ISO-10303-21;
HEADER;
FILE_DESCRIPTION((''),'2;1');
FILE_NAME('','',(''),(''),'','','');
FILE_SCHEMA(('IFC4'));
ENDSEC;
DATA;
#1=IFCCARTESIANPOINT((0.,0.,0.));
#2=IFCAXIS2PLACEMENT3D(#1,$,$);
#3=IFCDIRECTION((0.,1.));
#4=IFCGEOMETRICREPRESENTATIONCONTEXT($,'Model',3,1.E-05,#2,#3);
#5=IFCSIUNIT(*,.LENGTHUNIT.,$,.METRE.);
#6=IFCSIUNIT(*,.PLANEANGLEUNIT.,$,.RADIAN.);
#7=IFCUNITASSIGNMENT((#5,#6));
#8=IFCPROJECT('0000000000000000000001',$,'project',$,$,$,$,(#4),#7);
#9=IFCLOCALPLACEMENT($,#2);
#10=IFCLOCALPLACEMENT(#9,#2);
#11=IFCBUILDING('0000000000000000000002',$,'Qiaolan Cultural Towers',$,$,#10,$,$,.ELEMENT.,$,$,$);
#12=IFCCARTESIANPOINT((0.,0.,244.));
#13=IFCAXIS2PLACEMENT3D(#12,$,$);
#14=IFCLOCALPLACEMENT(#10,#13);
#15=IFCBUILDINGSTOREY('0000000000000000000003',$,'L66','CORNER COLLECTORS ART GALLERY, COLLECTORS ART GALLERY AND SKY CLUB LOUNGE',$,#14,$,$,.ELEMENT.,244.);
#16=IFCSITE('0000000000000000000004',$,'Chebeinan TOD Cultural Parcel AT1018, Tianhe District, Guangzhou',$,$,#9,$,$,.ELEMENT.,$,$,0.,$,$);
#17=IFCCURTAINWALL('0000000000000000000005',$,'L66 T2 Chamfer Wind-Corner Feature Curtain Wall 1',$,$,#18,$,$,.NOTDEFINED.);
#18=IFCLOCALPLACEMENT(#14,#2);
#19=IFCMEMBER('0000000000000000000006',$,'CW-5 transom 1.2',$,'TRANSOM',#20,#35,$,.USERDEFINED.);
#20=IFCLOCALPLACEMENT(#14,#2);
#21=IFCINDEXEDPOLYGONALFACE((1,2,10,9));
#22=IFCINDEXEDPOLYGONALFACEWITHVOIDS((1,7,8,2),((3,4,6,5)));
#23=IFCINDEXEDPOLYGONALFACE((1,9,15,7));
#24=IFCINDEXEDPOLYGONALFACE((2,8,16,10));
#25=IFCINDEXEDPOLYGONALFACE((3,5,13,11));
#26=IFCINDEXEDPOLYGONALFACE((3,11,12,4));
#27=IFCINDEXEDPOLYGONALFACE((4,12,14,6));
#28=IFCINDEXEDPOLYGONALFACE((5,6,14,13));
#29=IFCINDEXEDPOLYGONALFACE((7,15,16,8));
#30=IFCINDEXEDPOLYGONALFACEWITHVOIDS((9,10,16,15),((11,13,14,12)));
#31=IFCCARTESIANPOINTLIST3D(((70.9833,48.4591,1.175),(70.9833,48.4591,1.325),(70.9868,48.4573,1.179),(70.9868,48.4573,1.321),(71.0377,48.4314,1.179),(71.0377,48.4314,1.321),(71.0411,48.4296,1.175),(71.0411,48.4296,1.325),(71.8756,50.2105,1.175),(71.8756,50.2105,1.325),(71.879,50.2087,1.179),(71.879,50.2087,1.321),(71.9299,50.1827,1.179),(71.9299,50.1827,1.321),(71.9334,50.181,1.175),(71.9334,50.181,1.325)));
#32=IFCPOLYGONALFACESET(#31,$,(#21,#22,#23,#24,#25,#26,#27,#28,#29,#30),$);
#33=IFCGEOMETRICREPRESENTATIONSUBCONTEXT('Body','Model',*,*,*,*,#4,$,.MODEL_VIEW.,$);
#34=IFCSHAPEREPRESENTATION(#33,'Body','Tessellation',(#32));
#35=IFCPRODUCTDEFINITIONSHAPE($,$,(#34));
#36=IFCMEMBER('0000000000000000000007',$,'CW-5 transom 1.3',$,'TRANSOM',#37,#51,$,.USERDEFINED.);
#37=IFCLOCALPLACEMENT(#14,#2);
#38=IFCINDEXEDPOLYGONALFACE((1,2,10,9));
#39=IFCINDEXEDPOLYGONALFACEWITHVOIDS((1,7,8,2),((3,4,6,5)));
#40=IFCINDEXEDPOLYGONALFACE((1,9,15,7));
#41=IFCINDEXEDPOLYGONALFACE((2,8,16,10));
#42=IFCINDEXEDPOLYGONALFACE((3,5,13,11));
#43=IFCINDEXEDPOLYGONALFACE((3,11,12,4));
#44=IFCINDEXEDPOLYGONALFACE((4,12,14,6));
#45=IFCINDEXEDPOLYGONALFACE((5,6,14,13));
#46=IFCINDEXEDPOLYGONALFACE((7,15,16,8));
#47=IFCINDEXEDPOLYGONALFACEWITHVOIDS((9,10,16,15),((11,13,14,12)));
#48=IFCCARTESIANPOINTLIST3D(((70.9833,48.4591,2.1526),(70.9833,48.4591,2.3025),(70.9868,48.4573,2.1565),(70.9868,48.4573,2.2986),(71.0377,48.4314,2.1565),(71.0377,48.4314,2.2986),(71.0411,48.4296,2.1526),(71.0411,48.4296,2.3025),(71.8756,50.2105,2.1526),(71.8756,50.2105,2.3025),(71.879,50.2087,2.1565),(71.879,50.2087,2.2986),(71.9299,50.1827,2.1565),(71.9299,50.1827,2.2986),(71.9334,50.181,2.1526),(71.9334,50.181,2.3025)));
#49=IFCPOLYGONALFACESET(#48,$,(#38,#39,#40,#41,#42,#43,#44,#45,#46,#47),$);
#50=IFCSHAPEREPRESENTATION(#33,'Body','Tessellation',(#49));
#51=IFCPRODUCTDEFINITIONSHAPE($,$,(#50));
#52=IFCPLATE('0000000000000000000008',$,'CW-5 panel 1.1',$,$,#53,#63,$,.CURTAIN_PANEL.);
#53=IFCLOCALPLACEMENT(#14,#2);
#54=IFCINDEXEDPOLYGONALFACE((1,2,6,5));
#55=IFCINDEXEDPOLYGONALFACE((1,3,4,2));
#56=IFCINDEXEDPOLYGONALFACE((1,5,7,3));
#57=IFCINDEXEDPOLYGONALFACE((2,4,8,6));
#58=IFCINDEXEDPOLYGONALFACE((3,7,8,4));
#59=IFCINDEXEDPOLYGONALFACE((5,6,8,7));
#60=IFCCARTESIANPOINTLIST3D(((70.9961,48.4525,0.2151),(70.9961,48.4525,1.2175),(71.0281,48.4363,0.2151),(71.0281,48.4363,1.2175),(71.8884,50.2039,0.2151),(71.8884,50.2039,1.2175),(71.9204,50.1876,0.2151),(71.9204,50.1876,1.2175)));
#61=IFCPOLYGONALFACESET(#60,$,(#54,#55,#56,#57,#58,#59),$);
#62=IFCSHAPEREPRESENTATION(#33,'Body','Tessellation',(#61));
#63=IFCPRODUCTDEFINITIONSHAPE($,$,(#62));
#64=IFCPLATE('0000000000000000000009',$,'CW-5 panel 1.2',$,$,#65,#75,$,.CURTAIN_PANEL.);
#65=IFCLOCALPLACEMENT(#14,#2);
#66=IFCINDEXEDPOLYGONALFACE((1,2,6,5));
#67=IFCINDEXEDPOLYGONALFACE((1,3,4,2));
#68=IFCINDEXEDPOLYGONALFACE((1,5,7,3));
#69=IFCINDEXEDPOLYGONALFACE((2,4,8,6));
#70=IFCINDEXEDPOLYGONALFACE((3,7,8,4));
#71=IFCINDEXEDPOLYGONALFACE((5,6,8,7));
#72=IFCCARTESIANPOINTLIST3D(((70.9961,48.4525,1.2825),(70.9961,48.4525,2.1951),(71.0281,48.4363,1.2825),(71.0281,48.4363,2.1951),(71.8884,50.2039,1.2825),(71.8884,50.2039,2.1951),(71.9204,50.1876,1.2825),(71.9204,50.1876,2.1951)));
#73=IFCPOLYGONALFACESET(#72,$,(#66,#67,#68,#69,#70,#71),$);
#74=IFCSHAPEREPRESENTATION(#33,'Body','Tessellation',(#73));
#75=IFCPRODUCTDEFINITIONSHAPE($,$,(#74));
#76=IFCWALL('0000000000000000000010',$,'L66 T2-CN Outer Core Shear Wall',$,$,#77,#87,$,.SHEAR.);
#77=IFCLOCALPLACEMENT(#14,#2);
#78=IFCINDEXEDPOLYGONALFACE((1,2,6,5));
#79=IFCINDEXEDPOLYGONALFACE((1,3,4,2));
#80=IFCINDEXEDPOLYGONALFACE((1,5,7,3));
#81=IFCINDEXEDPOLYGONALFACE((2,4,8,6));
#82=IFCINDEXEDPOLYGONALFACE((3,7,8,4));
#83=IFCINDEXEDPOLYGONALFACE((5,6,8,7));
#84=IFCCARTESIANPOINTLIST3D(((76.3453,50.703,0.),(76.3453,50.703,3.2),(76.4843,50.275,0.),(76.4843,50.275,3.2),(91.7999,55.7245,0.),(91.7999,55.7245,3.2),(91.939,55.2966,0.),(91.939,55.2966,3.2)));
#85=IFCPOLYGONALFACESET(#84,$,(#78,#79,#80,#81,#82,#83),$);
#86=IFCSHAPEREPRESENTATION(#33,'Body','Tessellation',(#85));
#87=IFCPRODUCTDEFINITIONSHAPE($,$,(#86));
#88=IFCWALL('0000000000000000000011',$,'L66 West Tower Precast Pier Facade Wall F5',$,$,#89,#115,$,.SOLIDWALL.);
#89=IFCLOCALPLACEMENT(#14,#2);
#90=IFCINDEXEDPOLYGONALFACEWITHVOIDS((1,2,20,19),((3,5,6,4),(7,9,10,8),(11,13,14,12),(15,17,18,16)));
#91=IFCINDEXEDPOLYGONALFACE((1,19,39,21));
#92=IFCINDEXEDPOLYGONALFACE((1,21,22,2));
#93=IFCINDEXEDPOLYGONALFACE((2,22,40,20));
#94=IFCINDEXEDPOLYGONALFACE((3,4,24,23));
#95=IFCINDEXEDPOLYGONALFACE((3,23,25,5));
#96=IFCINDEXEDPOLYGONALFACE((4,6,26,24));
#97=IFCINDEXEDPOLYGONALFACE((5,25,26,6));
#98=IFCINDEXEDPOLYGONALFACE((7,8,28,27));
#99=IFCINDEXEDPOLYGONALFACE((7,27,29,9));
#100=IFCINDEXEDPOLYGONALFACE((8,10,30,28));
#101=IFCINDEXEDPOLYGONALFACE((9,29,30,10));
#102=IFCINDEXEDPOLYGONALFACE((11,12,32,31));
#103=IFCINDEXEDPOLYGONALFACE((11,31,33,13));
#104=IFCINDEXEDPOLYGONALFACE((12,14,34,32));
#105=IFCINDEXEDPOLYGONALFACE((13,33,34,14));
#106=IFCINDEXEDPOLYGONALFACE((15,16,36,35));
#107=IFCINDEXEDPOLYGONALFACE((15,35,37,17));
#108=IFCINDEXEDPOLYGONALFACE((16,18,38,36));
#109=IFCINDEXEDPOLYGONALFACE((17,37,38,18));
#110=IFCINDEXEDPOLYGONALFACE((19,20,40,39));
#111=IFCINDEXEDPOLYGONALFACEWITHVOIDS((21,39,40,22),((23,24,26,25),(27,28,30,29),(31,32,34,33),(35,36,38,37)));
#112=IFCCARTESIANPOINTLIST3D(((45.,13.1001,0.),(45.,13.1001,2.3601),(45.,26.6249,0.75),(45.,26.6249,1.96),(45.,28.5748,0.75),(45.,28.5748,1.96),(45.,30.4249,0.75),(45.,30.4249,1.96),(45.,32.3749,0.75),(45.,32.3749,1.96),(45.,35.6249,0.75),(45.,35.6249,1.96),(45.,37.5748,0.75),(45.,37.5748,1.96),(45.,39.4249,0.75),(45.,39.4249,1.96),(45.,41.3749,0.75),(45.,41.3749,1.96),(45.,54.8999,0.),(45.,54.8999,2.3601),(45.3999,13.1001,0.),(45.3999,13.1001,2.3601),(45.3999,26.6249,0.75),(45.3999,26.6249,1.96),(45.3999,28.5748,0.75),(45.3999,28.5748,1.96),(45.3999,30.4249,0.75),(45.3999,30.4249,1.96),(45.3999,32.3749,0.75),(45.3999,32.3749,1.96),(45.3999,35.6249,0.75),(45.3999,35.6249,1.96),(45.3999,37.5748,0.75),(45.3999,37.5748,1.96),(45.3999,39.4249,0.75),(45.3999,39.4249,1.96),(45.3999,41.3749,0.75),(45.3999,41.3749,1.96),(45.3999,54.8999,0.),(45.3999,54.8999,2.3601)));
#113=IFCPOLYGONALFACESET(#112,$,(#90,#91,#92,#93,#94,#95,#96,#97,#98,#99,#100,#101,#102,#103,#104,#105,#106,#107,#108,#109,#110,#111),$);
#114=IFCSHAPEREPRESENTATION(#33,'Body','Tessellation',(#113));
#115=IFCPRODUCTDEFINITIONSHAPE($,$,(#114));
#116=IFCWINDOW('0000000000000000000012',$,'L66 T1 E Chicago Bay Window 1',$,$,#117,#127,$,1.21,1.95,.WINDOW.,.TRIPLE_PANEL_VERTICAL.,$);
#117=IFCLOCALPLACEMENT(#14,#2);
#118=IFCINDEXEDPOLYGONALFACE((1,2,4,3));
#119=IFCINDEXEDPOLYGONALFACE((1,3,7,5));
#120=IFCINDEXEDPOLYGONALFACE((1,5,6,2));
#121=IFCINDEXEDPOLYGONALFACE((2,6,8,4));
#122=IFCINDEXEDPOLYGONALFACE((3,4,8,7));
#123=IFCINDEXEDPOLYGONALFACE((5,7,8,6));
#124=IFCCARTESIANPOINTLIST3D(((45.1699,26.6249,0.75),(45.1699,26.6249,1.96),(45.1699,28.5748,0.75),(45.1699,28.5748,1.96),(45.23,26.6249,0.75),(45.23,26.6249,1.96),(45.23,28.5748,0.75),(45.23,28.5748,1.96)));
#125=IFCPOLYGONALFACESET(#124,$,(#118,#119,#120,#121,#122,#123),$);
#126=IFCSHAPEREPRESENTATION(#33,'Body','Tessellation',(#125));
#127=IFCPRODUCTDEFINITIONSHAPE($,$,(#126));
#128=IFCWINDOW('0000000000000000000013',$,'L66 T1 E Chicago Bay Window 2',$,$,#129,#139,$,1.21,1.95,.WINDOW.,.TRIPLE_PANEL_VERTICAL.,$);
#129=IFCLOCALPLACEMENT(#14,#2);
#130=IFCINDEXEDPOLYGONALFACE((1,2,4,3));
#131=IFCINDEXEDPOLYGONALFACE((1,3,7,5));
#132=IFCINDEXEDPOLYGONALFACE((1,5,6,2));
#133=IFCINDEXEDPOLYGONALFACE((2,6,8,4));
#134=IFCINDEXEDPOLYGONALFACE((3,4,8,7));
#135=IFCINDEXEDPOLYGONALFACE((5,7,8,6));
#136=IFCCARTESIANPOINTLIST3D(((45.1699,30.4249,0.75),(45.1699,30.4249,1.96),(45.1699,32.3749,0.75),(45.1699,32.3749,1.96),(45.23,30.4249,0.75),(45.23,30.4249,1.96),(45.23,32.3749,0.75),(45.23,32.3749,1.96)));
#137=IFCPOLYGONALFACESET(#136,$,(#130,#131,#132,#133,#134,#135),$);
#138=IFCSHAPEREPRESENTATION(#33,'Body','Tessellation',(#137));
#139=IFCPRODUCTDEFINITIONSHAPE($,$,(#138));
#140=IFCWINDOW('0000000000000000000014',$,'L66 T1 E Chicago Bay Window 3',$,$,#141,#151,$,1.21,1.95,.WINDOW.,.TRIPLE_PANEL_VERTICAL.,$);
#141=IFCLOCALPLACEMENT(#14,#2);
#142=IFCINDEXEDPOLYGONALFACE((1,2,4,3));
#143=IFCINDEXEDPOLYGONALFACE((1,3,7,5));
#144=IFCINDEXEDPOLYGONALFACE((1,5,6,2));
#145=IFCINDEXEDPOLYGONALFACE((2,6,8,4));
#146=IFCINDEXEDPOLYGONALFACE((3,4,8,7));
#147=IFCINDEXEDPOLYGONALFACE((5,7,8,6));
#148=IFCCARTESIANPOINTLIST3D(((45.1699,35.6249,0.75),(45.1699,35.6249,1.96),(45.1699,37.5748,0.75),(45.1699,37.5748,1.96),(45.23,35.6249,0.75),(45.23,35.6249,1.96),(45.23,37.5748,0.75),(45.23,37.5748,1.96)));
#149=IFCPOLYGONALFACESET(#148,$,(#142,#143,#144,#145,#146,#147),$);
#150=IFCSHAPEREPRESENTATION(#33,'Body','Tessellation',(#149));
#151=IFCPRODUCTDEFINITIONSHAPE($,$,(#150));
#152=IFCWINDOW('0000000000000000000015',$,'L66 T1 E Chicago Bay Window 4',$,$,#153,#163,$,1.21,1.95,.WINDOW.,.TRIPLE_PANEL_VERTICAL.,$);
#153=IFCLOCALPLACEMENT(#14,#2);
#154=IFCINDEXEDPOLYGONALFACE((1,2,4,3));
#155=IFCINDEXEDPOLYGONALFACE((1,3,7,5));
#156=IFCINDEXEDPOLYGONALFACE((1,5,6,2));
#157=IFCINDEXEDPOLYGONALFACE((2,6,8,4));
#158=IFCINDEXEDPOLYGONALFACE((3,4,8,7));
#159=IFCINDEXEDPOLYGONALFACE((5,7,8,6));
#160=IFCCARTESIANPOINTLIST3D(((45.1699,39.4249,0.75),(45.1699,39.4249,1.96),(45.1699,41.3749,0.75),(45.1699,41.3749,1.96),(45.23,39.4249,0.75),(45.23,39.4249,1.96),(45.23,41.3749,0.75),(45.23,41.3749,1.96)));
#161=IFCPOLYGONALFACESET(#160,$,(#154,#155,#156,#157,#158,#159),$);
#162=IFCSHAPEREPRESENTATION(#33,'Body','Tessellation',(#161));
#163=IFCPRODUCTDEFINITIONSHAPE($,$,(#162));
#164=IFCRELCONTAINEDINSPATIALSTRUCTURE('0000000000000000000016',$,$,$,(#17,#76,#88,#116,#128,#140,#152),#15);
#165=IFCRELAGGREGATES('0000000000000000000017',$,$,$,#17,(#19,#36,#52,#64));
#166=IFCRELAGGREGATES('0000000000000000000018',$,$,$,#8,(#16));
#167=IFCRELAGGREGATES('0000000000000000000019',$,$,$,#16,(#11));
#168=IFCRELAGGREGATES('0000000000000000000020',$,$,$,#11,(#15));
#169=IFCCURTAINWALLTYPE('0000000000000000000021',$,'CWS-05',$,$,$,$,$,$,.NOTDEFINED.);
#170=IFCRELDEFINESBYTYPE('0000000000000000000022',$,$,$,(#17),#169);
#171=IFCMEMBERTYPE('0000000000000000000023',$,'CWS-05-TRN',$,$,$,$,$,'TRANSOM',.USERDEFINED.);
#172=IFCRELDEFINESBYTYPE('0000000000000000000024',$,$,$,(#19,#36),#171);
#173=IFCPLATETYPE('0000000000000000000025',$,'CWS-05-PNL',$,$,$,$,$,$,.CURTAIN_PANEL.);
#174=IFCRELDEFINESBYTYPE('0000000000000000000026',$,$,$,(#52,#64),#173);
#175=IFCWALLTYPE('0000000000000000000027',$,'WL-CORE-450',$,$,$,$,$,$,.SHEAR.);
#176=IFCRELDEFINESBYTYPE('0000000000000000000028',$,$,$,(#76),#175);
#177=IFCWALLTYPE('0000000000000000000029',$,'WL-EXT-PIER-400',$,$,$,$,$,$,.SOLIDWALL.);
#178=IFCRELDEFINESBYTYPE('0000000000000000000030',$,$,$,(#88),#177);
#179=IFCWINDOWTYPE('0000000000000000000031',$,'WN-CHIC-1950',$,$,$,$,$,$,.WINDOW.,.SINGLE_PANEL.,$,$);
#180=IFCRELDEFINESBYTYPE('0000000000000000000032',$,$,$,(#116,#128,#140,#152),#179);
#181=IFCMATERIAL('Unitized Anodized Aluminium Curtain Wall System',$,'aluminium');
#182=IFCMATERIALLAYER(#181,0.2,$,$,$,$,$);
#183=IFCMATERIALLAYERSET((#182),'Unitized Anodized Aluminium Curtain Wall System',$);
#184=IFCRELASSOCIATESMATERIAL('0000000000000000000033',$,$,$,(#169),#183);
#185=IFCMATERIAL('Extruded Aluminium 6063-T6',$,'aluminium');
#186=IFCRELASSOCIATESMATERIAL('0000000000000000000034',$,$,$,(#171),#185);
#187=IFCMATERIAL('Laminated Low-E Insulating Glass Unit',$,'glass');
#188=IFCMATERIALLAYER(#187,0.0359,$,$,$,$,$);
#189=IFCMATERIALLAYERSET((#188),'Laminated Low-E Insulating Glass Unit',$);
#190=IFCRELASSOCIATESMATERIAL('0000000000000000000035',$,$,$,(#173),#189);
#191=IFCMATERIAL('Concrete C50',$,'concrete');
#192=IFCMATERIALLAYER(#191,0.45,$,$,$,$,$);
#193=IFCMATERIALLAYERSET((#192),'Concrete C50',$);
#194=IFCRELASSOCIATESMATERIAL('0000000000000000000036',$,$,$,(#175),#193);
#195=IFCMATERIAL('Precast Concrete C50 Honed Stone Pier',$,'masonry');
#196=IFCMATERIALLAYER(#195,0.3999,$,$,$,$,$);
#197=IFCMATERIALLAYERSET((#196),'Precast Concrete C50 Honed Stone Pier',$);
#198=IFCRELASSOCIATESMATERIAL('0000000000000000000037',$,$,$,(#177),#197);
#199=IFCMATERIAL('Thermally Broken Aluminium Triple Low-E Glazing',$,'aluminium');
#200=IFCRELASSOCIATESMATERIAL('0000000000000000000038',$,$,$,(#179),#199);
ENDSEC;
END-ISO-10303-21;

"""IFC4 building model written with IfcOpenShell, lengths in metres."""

from ifc_helpers import new_model, si_unit, direction, frame, frame_2d, origin, origin_2d, place, context, subcontext, project, spatial, rectangle, hollow_rectangle, extrude, material, layer, layer_set, material_profile, profile_set, type_object, element, fill, aggregate, save


model = new_model("IFC4")

# Units and contexts
model_context = context("Model", 3, precision=1e-05, world=origin(), true_north=direction((0.0, 1.0)))
body_context = subcontext(model_context, "Body", "Model", "MODEL_VIEW")
ifc_project = project(units=[si_unit("LENGTHUNIT", "METRE"), si_unit("PLANEANGLEUNIT", "RADIAN")], contexts=[model_context])

# Site, building, storey
site_placement = place(None, origin())
site = spatial("IfcSite", under=ifc_project, at=site_placement, Name="Chebeinan TOD Cultural Parcel AT1018, Tianhe District, Guangzhou", CompositionType="ELEMENT", RefElevation=0.0)
building_placement = place(site_placement, origin())
building = spatial("IfcBuilding", under=site, at=building_placement, Name="Qiaolan Cultural Towers", CompositionType="ELEMENT")
storey_placement = place(building_placement, frame((0.0, 0.0, 244.0)))
storey = spatial("IfcBuildingStorey", under=building, at=storey_placement, Name="L66", Description="CORNER COLLECTORS ART GALLERY, COLLECTORS ART GALLERY AND SKY CLUB LOUNGE", CompositionType="ELEMENT", Elevation=244.0)

# Curtain wall, members, plates
ifc_material_1 = material(Name="Unitized Anodized Aluminium Curtain Wall System", Category="aluminium")
ifc_layer_1 = layer(ifc_material_1, 0.2)
ifc_layer_set_1 = layer_set([ifc_layer_1], Name="Unitized Anodized Aluminium Curtain Wall System")
curtain_wall_type = type_object("IfcCurtainWallType", Name="CWS-05", PredefinedType="NOTDEFINED", material=ifc_layer_set_1)
curtain_wall_placement = place(storey_placement, origin())
curtain_wall = element("IfcCurtainWall", 1, at=curtain_wall_placement, inside=storey, type_object=curtain_wall_type, Name="L66 T2 Chamfer Wind-Corner Feature Curtain Wall 1", PredefinedType="NOTDEFINED")
ifc_material_2 = material(Name="Extruded Aluminium 6063-T6", Category="aluminium")
ifc_material_profile_1 = material_profile(ifc_material_2, hollow_rectangle(XDim=0.0649, YDim=0.1499, WallThickness=0.0039, at=origin_2d()), Name="CWT-150x65x4")
ifc_profile_set_1 = profile_set([ifc_material_profile_1], Name="Extruded Aluminium 6063-T6")
member_type_1 = type_object("IfcMemberType", Name="CWS-05-TRN", ElementType="TRANSOM", PredefinedType="USERDEFINED", material=ifc_profile_set_1)
member_1_placement = place(storey_placement, frame((71.0122, 48.4443, 1.25), z_axis=(0.453957, 0.891023, 0.0), x_axis=(-0.891023, 0.453957, 0.0)))
member_1 = element("IfcMember", 2, at=member_1_placement, type_object=member_type_1, Name="CW-5 transom 1.2", ObjectType="TRANSOM", PredefinedType="USERDEFINED", context=body_context, shape_type="SweptSolid", body=[
    extrude(hollow_rectangle(XDim=0.0649, YDim=0.1499, WallThickness=0.0039, at=origin_2d()), origin(), (0.0, 0.0, 1.0), 1.9656),
])
member_2_placement = place(storey_placement, frame((71.0122, 48.4443, 2.2275), z_axis=(0.453957, 0.891023, 0.0), x_axis=(-0.891023, 0.453957, 0.0)))
member_2 = element("IfcMember", 3, at=member_2_placement, type_object=member_type_1, Name="CW-5 transom 1.3", ObjectType="TRANSOM", PredefinedType="USERDEFINED", context=body_context, shape_type="SweptSolid", body=[
    extrude(hollow_rectangle(XDim=0.0649, YDim=0.1499, WallThickness=0.0039, at=origin_2d()), origin(), (0.0, 0.0, 1.0), 1.9656),
])
ifc_material_3 = material(Name="Laminated Low-E Insulating Glass Unit", Category="glass")
ifc_layer_2 = layer(ifc_material_3, 0.0359)
ifc_layer_set_2 = layer_set([ifc_layer_2], Name="Laminated Low-E Insulating Glass Unit")
plate_type = type_object("IfcPlateType", Name="CWS-05-PNL", PredefinedType="CURTAIN_PANEL", material=ifc_layer_set_2)
plate_1_placement = place(storey_placement, frame((71.4583, 49.3201, 0.2151), z_axis=(0.0, 0.0, 1.0), x_axis=(0.45399, 0.891007, 0.0)))
plate_1 = element("IfcPlate", 4, at=plate_1_placement, type_object=plate_type, Name="CW-5 panel 1.1", PredefinedType="CURTAIN_PANEL", context=body_context, shape_type="SweptSolid", body=[
    extrude(rectangle(XDim=1.9656, YDim=0.0359, at=origin_2d()), origin(), (0.0, 0.0, 1.0), 1.0024),
])
plate_2_placement = place(storey_placement, frame((71.4583, 49.3201, 1.2825), z_axis=(0.0, 0.0, 1.0), x_axis=(0.45399, 0.891007, 0.0)))
plate_2 = element("IfcPlate", 5, at=plate_2_placement, type_object=plate_type, Name="CW-5 panel 1.2", PredefinedType="CURTAIN_PANEL", context=body_context, shape_type="SweptSolid", body=[
    extrude(rectangle(XDim=1.9656, YDim=0.0359, at=origin_2d()), origin(), (0.0, 0.0, 1.0), 0.9126),
])
aggregate(curtain_wall, [member_1, member_2, plate_1, plate_2])

# Wall
ifc_material_4 = material(Name="Concrete C50", Category="concrete")
ifc_layer_3 = layer(ifc_material_4, 0.45)
ifc_layer_set_3 = layer_set([ifc_layer_3], Name="Concrete C50")
wall_type_1 = type_object("IfcWallType", Name="WL-CORE-450", PredefinedType="SHEAR", material=ifc_layer_set_3)
wall_1_placement = place(storey_placement, frame((76.4148, 50.489, 0.0), z_axis=(0.0, 0.0, 1.0), x_axis=(0.951057, 0.309016, 0.0)))
element("IfcWall", 6, at=wall_1_placement, inside=storey, type_object=wall_type_1, Name="L66 T2-CN Outer Core Shear Wall", PredefinedType="SHEAR", context=body_context, shape_type="SweptSolid", body=[
    extrude(rectangle(XDim=16.25, YDim=0.45, at=frame_2d((8.125, 0.0))), origin(), (0.0, 0.0, 1.0), 3.2),
])

# Wall, openings, windows
ifc_material_5 = material(Name="Precast Concrete C50 Honed Stone Pier", Category="masonry")
ifc_layer_4 = layer(ifc_material_5, 0.3999)
ifc_layer_set_4 = layer_set([ifc_layer_4], Name="Precast Concrete C50 Honed Stone Pier")
wall_type_2 = type_object("IfcWallType", Name="WL-EXT-PIER-400", PredefinedType="SOLIDWALL", material=ifc_layer_set_4)
wall_2_placement = place(storey_placement, frame((45.2, 54.8999, 0.0), z_axis=(0.0, 0.0, 1.0), x_axis=(0.0, -1.0, 0.0)))
wall_2 = element("IfcWall", 7, at=wall_2_placement, inside=storey, type_object=wall_type_2, Name="L66 West Tower Precast Pier Facade Wall F5", PredefinedType="SOLIDWALL", context=body_context, shape_type="SweptSolid", body=[
    extrude(rectangle(XDim=41.7998, YDim=0.3999, at=frame_2d((20.8999, 0.0))), origin(), (0.0, 0.0, 1.0), 2.3601),
])
opening_1_placement = place(wall_2_placement, frame((26.325, 0.0, 0.75)))
opening_1 = element("IfcOpeningElement", 8, at=opening_1_placement, cuts=wall_2, PredefinedType="OPENING", context=body_context, shape_type="SweptSolid", body=[
    extrude(rectangle(XDim=1.95, YDim=1.21, at=frame_2d((0.9751, 0.605))), frame((0.0, 0.21, 0.0), z_axis=(0.0, -1.0, 0.0), x_axis=(1.0, 0.0, 0.0)), (0.0, 0.0, 1.0), 0.4199),
])
opening_2_placement = place(wall_2_placement, frame((22.5249, 0.0, 0.75)))
opening_2 = element("IfcOpeningElement", 9, at=opening_2_placement, cuts=wall_2, PredefinedType="OPENING", context=body_context, shape_type="SweptSolid", body=[
    extrude(rectangle(XDim=1.95, YDim=1.21, at=frame_2d((0.9751, 0.605))), frame((0.0, 0.21, 0.0), z_axis=(0.0, -1.0, 0.0), x_axis=(1.0, 0.0, 0.0)), (0.0, 0.0, 1.0), 0.4199),
])
opening_3_placement = place(wall_2_placement, frame((17.325, 0.0, 0.75)))
opening_3 = element("IfcOpeningElement", 10, at=opening_3_placement, cuts=wall_2, PredefinedType="OPENING", context=body_context, shape_type="SweptSolid", body=[
    extrude(rectangle(XDim=1.95, YDim=1.21, at=frame_2d((0.9751, 0.605))), frame((0.0, 0.21, 0.0), z_axis=(0.0, -1.0, 0.0), x_axis=(1.0, 0.0, 0.0)), (0.0, 0.0, 1.0), 0.4199),
])
opening_4_placement = place(wall_2_placement, frame((13.5249, 0.0, 0.75)))
opening_4 = element("IfcOpeningElement", 11, at=opening_4_placement, cuts=wall_2, PredefinedType="OPENING", context=body_context, shape_type="SweptSolid", body=[
    extrude(rectangle(XDim=1.95, YDim=1.21, at=frame_2d((0.9751, 0.605))), frame((0.0, 0.21, 0.0), z_axis=(0.0, -1.0, 0.0), x_axis=(1.0, 0.0, 0.0)), (0.0, 0.0, 1.0), 0.4199),
])
ifc_material_6 = material(Name="Thermally Broken Aluminium Triple Low-E Glazing", Category="aluminium")
window_type = type_object("IfcWindowType", Name="WN-CHIC-1950", PartitioningType="SINGLE_PANEL", PredefinedType="WINDOW", material=ifc_material_6)
window_1_placement = place(opening_1_placement, origin())
window_1 = element("IfcWindow", 12, at=window_1_placement, inside=storey, type_object=window_type, Name="L66 T1 E Chicago Bay Window 1", OverallHeight=1.21, OverallWidth=1.95, PartitioningType="TRIPLE_PANEL_VERTICAL", PredefinedType="WINDOW", context=body_context, shape_type="SweptSolid", body=[
    extrude(rectangle(XDim=1.95, YDim=1.21, at=frame_2d((0.9751, 0.605))), frame((0.0, 0.03, 0.0), z_axis=(0.0, -1.0, 0.0), x_axis=(1.0, 0.0, 0.0)), (0.0, 0.0, 1.0), 0.0601),
])
fill(opening_1, window_1)
window_2_placement = place(opening_2_placement, origin())
window_2 = element("IfcWindow", 13, at=window_2_placement, inside=storey, type_object=window_type, Name="L66 T1 E Chicago Bay Window 2", OverallHeight=1.21, OverallWidth=1.95, PartitioningType="TRIPLE_PANEL_VERTICAL", PredefinedType="WINDOW", context=body_context, shape_type="SweptSolid", body=[
    extrude(rectangle(XDim=1.95, YDim=1.21, at=frame_2d((0.9751, 0.605))), frame((0.0, 0.03, 0.0), z_axis=(0.0, -1.0, 0.0), x_axis=(1.0, 0.0, 0.0)), (0.0, 0.0, 1.0), 0.0601),
])
fill(opening_2, window_2)
window_3_placement = place(opening_3_placement, origin())
window_3 = element("IfcWindow", 14, at=window_3_placement, inside=storey, type_object=window_type, Name="L66 T1 E Chicago Bay Window 3", OverallHeight=1.21, OverallWidth=1.95, PartitioningType="TRIPLE_PANEL_VERTICAL", PredefinedType="WINDOW", context=body_context, shape_type="SweptSolid", body=[
    extrude(rectangle(XDim=1.95, YDim=1.21, at=frame_2d((0.9751, 0.605))), frame((0.0, 0.03, 0.0), z_axis=(0.0, -1.0, 0.0), x_axis=(1.0, 0.0, 0.0)), (0.0, 0.0, 1.0), 0.0601),
])
fill(opening_3, window_3)
window_4_placement = place(opening_4_placement, origin())
window_4 = element("IfcWindow", 15, at=window_4_placement, inside=storey, type_object=window_type, Name="L66 T1 E Chicago Bay Window 4", OverallHeight=1.21, OverallWidth=1.95, PartitioningType="TRIPLE_PANEL_VERTICAL", PredefinedType="WINDOW", context=body_context, shape_type="SweptSolid", body=[
    extrude(rectangle(XDim=1.95, YDim=1.21, at=frame_2d((0.9751, 0.605))), frame((0.0, 0.03, 0.0), z_axis=(0.0, -1.0, 0.0), x_axis=(1.0, 0.0, 0.0)), (0.0, 0.0, 1.0), 0.0601),
])
fill(opening_4, window_4)

save(model, "model.ifc")
